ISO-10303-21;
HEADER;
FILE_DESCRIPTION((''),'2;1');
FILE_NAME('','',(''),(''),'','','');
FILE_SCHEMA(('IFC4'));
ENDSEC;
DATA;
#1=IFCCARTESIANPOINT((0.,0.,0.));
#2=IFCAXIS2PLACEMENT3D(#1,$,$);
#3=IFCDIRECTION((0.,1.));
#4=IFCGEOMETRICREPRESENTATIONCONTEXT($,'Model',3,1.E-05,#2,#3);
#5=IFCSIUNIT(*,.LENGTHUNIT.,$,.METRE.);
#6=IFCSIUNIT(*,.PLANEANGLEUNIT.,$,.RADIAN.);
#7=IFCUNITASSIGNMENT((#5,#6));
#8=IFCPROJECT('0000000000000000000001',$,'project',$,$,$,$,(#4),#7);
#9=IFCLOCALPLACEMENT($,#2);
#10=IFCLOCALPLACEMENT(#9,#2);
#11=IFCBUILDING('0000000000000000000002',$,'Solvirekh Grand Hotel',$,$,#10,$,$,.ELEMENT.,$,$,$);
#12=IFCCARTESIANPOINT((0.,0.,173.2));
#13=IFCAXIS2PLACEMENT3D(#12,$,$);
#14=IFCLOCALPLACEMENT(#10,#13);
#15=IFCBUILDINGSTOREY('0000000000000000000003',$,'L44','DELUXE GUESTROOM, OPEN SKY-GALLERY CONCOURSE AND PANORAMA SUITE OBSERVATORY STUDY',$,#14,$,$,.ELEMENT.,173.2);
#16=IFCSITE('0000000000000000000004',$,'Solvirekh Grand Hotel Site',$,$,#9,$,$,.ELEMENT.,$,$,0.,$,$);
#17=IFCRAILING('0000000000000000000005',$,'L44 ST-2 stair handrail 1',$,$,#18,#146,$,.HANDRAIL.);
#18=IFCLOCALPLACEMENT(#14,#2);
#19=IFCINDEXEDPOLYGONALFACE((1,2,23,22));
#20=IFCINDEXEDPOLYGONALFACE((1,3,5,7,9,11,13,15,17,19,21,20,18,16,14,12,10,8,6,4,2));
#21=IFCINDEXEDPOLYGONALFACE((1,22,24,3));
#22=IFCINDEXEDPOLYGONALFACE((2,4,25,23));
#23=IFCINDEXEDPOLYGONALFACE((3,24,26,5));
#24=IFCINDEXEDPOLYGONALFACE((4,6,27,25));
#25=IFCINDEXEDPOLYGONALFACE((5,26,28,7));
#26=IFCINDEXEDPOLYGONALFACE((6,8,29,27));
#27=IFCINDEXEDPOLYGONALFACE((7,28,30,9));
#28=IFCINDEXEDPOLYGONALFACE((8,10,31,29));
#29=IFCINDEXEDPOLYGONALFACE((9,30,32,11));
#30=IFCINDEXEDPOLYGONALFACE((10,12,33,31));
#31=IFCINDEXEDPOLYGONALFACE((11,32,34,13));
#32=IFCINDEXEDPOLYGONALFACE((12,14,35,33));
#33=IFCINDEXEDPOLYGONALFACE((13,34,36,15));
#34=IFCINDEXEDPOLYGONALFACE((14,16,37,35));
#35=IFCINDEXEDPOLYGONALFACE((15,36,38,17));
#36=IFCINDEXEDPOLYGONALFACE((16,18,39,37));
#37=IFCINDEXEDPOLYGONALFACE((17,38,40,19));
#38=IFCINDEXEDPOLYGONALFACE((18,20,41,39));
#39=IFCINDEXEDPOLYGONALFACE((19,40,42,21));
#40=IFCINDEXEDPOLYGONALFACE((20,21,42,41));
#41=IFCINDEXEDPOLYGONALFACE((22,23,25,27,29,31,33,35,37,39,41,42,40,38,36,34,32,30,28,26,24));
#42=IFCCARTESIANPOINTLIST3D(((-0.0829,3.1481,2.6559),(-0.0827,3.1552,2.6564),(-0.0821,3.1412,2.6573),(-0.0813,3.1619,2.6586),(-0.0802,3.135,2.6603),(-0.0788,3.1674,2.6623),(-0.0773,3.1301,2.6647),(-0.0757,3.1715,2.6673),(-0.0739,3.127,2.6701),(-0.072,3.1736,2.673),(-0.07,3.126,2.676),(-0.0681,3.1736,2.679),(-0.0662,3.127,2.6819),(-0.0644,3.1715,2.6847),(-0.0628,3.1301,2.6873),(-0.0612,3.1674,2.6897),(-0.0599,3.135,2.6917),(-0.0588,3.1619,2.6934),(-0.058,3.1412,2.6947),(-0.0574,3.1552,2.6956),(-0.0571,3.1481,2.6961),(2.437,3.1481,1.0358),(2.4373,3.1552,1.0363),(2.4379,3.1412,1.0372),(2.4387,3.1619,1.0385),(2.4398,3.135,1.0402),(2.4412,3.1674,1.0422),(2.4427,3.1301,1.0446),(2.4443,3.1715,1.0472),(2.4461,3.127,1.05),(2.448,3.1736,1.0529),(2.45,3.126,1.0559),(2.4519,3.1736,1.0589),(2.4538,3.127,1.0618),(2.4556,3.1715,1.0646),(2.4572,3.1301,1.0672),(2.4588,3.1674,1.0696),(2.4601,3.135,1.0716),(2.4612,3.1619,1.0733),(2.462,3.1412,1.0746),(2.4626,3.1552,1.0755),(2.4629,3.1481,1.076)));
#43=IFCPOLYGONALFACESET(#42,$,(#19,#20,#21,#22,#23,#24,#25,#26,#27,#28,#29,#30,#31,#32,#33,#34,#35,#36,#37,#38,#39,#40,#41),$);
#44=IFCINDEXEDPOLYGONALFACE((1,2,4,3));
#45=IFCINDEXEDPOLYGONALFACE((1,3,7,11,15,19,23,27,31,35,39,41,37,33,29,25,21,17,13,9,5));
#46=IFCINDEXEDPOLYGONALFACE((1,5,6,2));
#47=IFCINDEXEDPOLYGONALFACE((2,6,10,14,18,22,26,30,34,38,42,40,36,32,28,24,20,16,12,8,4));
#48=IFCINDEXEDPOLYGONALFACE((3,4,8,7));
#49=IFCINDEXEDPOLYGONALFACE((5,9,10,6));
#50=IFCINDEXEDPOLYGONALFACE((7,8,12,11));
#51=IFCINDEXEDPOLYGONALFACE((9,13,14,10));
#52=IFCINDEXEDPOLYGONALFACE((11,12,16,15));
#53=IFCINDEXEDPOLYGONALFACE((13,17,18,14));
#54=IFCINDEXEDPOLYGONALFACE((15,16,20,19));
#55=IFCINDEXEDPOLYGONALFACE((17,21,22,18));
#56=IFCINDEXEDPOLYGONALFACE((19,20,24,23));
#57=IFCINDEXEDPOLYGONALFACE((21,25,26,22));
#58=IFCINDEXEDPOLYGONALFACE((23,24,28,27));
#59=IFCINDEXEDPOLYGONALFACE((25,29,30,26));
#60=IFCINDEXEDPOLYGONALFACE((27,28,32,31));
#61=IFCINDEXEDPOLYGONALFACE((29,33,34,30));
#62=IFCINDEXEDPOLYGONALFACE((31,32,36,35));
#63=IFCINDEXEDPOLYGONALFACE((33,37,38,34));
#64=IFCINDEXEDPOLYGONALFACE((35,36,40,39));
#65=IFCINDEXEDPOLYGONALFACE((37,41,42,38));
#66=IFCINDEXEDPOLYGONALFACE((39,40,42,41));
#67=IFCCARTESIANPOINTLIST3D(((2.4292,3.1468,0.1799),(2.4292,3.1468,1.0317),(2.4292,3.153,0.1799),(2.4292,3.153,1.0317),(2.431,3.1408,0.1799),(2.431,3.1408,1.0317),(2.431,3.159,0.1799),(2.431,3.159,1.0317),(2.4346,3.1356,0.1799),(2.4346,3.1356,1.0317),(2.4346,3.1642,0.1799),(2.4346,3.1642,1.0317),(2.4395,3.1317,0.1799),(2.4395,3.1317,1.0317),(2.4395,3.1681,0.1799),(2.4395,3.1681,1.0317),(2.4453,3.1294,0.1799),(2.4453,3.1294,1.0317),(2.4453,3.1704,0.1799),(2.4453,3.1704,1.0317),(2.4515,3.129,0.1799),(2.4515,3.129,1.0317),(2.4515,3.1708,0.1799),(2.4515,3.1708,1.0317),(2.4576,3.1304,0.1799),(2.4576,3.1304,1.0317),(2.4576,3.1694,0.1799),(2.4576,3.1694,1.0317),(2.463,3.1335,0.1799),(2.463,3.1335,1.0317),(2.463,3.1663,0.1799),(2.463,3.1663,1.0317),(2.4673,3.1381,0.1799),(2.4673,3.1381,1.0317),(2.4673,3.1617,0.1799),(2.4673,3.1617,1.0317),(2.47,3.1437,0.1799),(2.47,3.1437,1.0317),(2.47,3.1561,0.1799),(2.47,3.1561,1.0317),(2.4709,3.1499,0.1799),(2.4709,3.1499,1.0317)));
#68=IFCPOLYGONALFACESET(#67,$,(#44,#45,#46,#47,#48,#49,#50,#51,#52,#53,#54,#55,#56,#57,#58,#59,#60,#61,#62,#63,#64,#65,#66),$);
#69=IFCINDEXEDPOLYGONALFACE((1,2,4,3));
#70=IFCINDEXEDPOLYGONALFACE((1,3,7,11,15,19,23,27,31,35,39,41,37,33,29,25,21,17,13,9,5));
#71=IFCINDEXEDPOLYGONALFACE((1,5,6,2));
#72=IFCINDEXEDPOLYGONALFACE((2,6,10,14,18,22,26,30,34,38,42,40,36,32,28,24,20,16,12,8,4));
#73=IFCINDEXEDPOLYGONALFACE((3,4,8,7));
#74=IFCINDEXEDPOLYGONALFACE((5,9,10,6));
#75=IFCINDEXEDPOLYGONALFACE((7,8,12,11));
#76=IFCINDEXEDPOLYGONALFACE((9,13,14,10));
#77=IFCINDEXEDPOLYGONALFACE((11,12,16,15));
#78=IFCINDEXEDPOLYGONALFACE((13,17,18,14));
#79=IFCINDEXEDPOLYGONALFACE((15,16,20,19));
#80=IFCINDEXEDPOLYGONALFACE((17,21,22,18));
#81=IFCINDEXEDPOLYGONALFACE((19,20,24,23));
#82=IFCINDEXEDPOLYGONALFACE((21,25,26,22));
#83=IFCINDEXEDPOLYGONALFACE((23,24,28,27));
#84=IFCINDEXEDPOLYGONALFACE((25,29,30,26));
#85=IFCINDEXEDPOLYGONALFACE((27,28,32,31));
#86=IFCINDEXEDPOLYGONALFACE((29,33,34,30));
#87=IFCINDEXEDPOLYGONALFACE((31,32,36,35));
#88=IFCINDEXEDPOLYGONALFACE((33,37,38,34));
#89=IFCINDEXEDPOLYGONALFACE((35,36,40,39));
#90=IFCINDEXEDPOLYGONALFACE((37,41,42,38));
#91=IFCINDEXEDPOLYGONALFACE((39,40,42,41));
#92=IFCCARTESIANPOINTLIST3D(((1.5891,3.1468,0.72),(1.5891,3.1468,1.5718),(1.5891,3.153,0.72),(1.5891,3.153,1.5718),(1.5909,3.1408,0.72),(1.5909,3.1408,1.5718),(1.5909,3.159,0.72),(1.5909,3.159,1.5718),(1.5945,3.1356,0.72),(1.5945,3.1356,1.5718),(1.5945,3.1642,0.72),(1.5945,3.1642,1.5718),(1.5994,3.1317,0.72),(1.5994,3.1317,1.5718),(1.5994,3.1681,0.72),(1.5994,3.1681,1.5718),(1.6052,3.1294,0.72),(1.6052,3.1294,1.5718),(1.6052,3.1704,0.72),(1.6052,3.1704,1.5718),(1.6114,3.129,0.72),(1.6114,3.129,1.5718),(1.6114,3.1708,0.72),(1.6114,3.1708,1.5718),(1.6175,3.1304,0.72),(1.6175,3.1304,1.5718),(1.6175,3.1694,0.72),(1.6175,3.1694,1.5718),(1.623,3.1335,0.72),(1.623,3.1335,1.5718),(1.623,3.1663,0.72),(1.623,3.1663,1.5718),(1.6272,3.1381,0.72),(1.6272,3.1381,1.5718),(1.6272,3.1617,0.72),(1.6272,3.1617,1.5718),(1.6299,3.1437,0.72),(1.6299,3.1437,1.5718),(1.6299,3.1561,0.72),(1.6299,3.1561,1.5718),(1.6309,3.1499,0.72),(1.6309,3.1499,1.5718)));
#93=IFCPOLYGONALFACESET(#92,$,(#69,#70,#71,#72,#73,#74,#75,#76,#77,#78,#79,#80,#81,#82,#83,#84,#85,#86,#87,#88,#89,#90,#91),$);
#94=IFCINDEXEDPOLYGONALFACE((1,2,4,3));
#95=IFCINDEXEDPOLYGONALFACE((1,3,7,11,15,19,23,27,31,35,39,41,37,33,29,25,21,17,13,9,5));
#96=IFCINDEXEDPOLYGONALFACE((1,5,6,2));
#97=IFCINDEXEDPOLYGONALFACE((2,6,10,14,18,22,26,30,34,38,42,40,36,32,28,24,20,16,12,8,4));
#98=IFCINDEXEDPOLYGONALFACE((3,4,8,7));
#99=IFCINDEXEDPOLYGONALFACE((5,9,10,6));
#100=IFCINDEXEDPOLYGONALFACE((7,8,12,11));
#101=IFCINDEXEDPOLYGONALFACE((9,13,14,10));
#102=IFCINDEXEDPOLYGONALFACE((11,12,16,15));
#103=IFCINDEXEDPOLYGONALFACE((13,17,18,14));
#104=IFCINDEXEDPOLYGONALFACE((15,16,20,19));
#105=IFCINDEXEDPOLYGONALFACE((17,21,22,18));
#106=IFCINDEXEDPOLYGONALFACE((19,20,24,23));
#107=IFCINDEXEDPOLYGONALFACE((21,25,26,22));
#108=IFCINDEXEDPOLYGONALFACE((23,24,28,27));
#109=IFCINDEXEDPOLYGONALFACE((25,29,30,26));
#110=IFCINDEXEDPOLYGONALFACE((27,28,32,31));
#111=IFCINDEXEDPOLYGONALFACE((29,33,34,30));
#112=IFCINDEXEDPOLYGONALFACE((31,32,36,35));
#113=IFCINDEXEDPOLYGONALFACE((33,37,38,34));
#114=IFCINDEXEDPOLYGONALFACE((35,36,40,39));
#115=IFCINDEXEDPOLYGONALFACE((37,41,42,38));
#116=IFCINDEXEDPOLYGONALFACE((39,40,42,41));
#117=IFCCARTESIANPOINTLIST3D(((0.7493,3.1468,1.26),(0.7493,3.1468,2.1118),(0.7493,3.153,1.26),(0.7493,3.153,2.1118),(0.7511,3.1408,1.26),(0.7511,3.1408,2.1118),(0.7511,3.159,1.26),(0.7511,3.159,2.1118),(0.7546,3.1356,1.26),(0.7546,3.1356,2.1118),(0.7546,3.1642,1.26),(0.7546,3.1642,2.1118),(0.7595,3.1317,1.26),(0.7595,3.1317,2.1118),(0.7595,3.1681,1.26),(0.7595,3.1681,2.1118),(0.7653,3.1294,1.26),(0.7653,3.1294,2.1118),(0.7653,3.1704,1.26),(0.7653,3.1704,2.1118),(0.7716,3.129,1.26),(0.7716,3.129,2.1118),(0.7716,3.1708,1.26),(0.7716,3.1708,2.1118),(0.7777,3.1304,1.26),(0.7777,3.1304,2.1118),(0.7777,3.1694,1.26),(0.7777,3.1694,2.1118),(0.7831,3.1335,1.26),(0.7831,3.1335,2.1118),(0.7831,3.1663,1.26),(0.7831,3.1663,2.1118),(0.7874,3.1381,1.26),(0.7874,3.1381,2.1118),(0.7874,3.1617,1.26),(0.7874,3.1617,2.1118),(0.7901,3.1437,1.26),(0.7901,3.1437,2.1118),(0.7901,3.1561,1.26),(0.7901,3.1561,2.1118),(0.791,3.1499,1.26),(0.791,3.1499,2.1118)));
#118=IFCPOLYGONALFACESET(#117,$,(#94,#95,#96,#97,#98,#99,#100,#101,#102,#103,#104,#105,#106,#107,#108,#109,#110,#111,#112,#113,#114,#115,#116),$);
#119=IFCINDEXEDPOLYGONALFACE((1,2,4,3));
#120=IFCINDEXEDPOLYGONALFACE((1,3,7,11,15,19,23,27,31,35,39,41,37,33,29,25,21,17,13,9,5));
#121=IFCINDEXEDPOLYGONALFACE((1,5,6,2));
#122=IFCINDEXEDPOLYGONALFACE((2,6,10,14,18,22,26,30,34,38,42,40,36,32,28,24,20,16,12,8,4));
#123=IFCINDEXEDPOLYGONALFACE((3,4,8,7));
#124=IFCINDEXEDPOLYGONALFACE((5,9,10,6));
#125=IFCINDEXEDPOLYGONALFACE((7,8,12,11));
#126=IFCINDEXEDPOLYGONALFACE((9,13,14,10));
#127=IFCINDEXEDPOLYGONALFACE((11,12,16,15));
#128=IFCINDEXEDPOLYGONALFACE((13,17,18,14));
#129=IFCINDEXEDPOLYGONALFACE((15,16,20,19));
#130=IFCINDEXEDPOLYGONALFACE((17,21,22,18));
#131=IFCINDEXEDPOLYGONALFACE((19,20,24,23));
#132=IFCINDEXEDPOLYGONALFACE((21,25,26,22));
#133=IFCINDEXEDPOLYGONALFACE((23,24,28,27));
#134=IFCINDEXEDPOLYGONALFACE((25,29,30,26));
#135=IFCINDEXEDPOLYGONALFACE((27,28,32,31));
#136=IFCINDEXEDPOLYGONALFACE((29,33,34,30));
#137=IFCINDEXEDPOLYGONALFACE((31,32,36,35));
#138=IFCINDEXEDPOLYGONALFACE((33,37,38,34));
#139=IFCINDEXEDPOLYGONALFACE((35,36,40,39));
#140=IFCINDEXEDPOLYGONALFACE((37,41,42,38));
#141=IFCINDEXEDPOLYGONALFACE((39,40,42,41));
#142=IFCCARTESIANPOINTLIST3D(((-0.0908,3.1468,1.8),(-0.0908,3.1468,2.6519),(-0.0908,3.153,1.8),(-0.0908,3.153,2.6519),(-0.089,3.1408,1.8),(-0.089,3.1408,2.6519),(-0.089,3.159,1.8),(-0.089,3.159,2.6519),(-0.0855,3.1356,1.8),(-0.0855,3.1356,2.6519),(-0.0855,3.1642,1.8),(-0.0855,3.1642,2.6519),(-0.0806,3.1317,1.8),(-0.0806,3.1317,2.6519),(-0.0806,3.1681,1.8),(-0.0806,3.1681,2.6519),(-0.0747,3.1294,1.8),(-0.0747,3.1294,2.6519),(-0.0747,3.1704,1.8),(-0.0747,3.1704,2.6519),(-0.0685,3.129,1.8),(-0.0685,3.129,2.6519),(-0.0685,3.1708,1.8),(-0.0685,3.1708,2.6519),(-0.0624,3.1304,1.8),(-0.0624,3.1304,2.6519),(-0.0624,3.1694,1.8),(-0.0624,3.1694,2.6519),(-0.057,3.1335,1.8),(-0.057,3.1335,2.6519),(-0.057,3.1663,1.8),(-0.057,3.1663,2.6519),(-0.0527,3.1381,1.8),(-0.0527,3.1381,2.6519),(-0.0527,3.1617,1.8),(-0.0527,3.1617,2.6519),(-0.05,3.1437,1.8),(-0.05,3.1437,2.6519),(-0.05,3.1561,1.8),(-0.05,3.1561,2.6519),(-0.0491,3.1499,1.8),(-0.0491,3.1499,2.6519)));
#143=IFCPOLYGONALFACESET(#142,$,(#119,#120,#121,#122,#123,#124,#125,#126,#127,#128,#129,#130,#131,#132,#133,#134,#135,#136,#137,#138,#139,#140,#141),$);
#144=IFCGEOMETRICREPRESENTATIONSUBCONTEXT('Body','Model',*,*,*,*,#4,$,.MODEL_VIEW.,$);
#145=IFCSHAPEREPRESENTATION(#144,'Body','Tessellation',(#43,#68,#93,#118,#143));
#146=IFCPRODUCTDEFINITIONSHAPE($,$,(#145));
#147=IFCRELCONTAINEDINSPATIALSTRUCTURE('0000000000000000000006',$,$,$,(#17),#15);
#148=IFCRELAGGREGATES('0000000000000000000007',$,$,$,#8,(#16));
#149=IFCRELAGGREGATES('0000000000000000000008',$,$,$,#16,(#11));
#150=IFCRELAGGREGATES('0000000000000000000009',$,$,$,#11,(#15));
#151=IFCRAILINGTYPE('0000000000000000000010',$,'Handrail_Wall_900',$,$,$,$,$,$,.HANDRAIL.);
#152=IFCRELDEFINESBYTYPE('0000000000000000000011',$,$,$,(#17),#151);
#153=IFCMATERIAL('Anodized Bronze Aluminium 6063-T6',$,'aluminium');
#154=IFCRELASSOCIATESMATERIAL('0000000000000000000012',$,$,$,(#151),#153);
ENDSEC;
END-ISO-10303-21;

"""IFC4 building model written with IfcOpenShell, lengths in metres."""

from ifc_helpers import new_model, si_unit, direction, frame, origin, origin_2d, place, context, subcontext, project, spatial, circle, extrude, material, type_object, element, save


model = new_model("IFC4")

# Units and contexts
model_context = context("Model", 3, precision=1e-05, world=origin(), true_north=direction((0.0, 1.0)))
body_context = subcontext(model_context, "Body", "Model", "MODEL_VIEW")
ifc_project = project(units=[si_unit("LENGTHUNIT", "METRE"), si_unit("PLANEANGLEUNIT", "RADIAN")], contexts=[model_context])

# Site, building, storey
site_placement = place(None, origin())
site = spatial("IfcSite", under=ifc_project, at=site_placement, Name="Solvirekh Grand Hotel Site", CompositionType="ELEMENT", RefElevation=0.0)
building_placement = place(site_placement, origin())
building = spatial("IfcBuilding", under=site, at=building_placement, Name="Solvirekh Grand Hotel", CompositionType="ELEMENT")
storey_placement = place(building_placement, frame((0.0, 0.0, 173.2)))
storey = spatial("IfcBuildingStorey", under=building, at=storey_placement, Name="L44", Description="DELUXE GUESTROOM, OPEN SKY-GALLERY CONCOURSE AND PANORAMA SUITE OBSERVATORY STUDY", CompositionType="ELEMENT", Elevation=173.2)

# Shared definitions
ifc_material_1 = material(Name="Anodized Bronze Aluminium 6063-T6", Category="aluminium")

# Railing
railing_type_1 = type_object("IfcRailingType", Name="Handrail_Wall_900", PredefinedType="HANDRAIL", material=ifc_material_1)
railing_1_placement = place(storey_placement, frame((2.45, 3.1499, 0.1799)))
element("IfcRailing", 1, at=railing_1_placement, inside=storey, type_object=railing_type_1, Name="L44 ST-2 stair handrail 1", PredefinedType="HANDRAIL", context=body_context, shape_type="SweptSolid", body=[
    extrude(circle(Radius=0.0239, at=origin_2d()), frame((0.0, 0.0, 0.876), z_axis=(-0.841163, 0.0, 0.540782), x_axis=(0.0, -1.0, 0.0)), (0.0, 0.0, 1.0), 2.9958),
    extrude(circle(Radius=0.021, at=origin_2d()), origin(), (0.0, 0.0, 1.0), 0.8518),
    extrude(circle(Radius=0.021, at=origin_2d()), frame((-0.8401, 0.0, 0.54)), (0.0, 0.0, 1.0), 0.8518),
    extrude(circle(Radius=0.021, at=origin_2d()), frame((-1.6799, 0.0, 1.0801)), (0.0, 0.0, 1.0), 0.8518),
    extrude(circle(Radius=0.021, at=origin_2d()), frame((-2.52, 0.0, 1.6201)), (0.0, 0.0, 1.0), 0.8518),
])

save(model, "model.ifc")
